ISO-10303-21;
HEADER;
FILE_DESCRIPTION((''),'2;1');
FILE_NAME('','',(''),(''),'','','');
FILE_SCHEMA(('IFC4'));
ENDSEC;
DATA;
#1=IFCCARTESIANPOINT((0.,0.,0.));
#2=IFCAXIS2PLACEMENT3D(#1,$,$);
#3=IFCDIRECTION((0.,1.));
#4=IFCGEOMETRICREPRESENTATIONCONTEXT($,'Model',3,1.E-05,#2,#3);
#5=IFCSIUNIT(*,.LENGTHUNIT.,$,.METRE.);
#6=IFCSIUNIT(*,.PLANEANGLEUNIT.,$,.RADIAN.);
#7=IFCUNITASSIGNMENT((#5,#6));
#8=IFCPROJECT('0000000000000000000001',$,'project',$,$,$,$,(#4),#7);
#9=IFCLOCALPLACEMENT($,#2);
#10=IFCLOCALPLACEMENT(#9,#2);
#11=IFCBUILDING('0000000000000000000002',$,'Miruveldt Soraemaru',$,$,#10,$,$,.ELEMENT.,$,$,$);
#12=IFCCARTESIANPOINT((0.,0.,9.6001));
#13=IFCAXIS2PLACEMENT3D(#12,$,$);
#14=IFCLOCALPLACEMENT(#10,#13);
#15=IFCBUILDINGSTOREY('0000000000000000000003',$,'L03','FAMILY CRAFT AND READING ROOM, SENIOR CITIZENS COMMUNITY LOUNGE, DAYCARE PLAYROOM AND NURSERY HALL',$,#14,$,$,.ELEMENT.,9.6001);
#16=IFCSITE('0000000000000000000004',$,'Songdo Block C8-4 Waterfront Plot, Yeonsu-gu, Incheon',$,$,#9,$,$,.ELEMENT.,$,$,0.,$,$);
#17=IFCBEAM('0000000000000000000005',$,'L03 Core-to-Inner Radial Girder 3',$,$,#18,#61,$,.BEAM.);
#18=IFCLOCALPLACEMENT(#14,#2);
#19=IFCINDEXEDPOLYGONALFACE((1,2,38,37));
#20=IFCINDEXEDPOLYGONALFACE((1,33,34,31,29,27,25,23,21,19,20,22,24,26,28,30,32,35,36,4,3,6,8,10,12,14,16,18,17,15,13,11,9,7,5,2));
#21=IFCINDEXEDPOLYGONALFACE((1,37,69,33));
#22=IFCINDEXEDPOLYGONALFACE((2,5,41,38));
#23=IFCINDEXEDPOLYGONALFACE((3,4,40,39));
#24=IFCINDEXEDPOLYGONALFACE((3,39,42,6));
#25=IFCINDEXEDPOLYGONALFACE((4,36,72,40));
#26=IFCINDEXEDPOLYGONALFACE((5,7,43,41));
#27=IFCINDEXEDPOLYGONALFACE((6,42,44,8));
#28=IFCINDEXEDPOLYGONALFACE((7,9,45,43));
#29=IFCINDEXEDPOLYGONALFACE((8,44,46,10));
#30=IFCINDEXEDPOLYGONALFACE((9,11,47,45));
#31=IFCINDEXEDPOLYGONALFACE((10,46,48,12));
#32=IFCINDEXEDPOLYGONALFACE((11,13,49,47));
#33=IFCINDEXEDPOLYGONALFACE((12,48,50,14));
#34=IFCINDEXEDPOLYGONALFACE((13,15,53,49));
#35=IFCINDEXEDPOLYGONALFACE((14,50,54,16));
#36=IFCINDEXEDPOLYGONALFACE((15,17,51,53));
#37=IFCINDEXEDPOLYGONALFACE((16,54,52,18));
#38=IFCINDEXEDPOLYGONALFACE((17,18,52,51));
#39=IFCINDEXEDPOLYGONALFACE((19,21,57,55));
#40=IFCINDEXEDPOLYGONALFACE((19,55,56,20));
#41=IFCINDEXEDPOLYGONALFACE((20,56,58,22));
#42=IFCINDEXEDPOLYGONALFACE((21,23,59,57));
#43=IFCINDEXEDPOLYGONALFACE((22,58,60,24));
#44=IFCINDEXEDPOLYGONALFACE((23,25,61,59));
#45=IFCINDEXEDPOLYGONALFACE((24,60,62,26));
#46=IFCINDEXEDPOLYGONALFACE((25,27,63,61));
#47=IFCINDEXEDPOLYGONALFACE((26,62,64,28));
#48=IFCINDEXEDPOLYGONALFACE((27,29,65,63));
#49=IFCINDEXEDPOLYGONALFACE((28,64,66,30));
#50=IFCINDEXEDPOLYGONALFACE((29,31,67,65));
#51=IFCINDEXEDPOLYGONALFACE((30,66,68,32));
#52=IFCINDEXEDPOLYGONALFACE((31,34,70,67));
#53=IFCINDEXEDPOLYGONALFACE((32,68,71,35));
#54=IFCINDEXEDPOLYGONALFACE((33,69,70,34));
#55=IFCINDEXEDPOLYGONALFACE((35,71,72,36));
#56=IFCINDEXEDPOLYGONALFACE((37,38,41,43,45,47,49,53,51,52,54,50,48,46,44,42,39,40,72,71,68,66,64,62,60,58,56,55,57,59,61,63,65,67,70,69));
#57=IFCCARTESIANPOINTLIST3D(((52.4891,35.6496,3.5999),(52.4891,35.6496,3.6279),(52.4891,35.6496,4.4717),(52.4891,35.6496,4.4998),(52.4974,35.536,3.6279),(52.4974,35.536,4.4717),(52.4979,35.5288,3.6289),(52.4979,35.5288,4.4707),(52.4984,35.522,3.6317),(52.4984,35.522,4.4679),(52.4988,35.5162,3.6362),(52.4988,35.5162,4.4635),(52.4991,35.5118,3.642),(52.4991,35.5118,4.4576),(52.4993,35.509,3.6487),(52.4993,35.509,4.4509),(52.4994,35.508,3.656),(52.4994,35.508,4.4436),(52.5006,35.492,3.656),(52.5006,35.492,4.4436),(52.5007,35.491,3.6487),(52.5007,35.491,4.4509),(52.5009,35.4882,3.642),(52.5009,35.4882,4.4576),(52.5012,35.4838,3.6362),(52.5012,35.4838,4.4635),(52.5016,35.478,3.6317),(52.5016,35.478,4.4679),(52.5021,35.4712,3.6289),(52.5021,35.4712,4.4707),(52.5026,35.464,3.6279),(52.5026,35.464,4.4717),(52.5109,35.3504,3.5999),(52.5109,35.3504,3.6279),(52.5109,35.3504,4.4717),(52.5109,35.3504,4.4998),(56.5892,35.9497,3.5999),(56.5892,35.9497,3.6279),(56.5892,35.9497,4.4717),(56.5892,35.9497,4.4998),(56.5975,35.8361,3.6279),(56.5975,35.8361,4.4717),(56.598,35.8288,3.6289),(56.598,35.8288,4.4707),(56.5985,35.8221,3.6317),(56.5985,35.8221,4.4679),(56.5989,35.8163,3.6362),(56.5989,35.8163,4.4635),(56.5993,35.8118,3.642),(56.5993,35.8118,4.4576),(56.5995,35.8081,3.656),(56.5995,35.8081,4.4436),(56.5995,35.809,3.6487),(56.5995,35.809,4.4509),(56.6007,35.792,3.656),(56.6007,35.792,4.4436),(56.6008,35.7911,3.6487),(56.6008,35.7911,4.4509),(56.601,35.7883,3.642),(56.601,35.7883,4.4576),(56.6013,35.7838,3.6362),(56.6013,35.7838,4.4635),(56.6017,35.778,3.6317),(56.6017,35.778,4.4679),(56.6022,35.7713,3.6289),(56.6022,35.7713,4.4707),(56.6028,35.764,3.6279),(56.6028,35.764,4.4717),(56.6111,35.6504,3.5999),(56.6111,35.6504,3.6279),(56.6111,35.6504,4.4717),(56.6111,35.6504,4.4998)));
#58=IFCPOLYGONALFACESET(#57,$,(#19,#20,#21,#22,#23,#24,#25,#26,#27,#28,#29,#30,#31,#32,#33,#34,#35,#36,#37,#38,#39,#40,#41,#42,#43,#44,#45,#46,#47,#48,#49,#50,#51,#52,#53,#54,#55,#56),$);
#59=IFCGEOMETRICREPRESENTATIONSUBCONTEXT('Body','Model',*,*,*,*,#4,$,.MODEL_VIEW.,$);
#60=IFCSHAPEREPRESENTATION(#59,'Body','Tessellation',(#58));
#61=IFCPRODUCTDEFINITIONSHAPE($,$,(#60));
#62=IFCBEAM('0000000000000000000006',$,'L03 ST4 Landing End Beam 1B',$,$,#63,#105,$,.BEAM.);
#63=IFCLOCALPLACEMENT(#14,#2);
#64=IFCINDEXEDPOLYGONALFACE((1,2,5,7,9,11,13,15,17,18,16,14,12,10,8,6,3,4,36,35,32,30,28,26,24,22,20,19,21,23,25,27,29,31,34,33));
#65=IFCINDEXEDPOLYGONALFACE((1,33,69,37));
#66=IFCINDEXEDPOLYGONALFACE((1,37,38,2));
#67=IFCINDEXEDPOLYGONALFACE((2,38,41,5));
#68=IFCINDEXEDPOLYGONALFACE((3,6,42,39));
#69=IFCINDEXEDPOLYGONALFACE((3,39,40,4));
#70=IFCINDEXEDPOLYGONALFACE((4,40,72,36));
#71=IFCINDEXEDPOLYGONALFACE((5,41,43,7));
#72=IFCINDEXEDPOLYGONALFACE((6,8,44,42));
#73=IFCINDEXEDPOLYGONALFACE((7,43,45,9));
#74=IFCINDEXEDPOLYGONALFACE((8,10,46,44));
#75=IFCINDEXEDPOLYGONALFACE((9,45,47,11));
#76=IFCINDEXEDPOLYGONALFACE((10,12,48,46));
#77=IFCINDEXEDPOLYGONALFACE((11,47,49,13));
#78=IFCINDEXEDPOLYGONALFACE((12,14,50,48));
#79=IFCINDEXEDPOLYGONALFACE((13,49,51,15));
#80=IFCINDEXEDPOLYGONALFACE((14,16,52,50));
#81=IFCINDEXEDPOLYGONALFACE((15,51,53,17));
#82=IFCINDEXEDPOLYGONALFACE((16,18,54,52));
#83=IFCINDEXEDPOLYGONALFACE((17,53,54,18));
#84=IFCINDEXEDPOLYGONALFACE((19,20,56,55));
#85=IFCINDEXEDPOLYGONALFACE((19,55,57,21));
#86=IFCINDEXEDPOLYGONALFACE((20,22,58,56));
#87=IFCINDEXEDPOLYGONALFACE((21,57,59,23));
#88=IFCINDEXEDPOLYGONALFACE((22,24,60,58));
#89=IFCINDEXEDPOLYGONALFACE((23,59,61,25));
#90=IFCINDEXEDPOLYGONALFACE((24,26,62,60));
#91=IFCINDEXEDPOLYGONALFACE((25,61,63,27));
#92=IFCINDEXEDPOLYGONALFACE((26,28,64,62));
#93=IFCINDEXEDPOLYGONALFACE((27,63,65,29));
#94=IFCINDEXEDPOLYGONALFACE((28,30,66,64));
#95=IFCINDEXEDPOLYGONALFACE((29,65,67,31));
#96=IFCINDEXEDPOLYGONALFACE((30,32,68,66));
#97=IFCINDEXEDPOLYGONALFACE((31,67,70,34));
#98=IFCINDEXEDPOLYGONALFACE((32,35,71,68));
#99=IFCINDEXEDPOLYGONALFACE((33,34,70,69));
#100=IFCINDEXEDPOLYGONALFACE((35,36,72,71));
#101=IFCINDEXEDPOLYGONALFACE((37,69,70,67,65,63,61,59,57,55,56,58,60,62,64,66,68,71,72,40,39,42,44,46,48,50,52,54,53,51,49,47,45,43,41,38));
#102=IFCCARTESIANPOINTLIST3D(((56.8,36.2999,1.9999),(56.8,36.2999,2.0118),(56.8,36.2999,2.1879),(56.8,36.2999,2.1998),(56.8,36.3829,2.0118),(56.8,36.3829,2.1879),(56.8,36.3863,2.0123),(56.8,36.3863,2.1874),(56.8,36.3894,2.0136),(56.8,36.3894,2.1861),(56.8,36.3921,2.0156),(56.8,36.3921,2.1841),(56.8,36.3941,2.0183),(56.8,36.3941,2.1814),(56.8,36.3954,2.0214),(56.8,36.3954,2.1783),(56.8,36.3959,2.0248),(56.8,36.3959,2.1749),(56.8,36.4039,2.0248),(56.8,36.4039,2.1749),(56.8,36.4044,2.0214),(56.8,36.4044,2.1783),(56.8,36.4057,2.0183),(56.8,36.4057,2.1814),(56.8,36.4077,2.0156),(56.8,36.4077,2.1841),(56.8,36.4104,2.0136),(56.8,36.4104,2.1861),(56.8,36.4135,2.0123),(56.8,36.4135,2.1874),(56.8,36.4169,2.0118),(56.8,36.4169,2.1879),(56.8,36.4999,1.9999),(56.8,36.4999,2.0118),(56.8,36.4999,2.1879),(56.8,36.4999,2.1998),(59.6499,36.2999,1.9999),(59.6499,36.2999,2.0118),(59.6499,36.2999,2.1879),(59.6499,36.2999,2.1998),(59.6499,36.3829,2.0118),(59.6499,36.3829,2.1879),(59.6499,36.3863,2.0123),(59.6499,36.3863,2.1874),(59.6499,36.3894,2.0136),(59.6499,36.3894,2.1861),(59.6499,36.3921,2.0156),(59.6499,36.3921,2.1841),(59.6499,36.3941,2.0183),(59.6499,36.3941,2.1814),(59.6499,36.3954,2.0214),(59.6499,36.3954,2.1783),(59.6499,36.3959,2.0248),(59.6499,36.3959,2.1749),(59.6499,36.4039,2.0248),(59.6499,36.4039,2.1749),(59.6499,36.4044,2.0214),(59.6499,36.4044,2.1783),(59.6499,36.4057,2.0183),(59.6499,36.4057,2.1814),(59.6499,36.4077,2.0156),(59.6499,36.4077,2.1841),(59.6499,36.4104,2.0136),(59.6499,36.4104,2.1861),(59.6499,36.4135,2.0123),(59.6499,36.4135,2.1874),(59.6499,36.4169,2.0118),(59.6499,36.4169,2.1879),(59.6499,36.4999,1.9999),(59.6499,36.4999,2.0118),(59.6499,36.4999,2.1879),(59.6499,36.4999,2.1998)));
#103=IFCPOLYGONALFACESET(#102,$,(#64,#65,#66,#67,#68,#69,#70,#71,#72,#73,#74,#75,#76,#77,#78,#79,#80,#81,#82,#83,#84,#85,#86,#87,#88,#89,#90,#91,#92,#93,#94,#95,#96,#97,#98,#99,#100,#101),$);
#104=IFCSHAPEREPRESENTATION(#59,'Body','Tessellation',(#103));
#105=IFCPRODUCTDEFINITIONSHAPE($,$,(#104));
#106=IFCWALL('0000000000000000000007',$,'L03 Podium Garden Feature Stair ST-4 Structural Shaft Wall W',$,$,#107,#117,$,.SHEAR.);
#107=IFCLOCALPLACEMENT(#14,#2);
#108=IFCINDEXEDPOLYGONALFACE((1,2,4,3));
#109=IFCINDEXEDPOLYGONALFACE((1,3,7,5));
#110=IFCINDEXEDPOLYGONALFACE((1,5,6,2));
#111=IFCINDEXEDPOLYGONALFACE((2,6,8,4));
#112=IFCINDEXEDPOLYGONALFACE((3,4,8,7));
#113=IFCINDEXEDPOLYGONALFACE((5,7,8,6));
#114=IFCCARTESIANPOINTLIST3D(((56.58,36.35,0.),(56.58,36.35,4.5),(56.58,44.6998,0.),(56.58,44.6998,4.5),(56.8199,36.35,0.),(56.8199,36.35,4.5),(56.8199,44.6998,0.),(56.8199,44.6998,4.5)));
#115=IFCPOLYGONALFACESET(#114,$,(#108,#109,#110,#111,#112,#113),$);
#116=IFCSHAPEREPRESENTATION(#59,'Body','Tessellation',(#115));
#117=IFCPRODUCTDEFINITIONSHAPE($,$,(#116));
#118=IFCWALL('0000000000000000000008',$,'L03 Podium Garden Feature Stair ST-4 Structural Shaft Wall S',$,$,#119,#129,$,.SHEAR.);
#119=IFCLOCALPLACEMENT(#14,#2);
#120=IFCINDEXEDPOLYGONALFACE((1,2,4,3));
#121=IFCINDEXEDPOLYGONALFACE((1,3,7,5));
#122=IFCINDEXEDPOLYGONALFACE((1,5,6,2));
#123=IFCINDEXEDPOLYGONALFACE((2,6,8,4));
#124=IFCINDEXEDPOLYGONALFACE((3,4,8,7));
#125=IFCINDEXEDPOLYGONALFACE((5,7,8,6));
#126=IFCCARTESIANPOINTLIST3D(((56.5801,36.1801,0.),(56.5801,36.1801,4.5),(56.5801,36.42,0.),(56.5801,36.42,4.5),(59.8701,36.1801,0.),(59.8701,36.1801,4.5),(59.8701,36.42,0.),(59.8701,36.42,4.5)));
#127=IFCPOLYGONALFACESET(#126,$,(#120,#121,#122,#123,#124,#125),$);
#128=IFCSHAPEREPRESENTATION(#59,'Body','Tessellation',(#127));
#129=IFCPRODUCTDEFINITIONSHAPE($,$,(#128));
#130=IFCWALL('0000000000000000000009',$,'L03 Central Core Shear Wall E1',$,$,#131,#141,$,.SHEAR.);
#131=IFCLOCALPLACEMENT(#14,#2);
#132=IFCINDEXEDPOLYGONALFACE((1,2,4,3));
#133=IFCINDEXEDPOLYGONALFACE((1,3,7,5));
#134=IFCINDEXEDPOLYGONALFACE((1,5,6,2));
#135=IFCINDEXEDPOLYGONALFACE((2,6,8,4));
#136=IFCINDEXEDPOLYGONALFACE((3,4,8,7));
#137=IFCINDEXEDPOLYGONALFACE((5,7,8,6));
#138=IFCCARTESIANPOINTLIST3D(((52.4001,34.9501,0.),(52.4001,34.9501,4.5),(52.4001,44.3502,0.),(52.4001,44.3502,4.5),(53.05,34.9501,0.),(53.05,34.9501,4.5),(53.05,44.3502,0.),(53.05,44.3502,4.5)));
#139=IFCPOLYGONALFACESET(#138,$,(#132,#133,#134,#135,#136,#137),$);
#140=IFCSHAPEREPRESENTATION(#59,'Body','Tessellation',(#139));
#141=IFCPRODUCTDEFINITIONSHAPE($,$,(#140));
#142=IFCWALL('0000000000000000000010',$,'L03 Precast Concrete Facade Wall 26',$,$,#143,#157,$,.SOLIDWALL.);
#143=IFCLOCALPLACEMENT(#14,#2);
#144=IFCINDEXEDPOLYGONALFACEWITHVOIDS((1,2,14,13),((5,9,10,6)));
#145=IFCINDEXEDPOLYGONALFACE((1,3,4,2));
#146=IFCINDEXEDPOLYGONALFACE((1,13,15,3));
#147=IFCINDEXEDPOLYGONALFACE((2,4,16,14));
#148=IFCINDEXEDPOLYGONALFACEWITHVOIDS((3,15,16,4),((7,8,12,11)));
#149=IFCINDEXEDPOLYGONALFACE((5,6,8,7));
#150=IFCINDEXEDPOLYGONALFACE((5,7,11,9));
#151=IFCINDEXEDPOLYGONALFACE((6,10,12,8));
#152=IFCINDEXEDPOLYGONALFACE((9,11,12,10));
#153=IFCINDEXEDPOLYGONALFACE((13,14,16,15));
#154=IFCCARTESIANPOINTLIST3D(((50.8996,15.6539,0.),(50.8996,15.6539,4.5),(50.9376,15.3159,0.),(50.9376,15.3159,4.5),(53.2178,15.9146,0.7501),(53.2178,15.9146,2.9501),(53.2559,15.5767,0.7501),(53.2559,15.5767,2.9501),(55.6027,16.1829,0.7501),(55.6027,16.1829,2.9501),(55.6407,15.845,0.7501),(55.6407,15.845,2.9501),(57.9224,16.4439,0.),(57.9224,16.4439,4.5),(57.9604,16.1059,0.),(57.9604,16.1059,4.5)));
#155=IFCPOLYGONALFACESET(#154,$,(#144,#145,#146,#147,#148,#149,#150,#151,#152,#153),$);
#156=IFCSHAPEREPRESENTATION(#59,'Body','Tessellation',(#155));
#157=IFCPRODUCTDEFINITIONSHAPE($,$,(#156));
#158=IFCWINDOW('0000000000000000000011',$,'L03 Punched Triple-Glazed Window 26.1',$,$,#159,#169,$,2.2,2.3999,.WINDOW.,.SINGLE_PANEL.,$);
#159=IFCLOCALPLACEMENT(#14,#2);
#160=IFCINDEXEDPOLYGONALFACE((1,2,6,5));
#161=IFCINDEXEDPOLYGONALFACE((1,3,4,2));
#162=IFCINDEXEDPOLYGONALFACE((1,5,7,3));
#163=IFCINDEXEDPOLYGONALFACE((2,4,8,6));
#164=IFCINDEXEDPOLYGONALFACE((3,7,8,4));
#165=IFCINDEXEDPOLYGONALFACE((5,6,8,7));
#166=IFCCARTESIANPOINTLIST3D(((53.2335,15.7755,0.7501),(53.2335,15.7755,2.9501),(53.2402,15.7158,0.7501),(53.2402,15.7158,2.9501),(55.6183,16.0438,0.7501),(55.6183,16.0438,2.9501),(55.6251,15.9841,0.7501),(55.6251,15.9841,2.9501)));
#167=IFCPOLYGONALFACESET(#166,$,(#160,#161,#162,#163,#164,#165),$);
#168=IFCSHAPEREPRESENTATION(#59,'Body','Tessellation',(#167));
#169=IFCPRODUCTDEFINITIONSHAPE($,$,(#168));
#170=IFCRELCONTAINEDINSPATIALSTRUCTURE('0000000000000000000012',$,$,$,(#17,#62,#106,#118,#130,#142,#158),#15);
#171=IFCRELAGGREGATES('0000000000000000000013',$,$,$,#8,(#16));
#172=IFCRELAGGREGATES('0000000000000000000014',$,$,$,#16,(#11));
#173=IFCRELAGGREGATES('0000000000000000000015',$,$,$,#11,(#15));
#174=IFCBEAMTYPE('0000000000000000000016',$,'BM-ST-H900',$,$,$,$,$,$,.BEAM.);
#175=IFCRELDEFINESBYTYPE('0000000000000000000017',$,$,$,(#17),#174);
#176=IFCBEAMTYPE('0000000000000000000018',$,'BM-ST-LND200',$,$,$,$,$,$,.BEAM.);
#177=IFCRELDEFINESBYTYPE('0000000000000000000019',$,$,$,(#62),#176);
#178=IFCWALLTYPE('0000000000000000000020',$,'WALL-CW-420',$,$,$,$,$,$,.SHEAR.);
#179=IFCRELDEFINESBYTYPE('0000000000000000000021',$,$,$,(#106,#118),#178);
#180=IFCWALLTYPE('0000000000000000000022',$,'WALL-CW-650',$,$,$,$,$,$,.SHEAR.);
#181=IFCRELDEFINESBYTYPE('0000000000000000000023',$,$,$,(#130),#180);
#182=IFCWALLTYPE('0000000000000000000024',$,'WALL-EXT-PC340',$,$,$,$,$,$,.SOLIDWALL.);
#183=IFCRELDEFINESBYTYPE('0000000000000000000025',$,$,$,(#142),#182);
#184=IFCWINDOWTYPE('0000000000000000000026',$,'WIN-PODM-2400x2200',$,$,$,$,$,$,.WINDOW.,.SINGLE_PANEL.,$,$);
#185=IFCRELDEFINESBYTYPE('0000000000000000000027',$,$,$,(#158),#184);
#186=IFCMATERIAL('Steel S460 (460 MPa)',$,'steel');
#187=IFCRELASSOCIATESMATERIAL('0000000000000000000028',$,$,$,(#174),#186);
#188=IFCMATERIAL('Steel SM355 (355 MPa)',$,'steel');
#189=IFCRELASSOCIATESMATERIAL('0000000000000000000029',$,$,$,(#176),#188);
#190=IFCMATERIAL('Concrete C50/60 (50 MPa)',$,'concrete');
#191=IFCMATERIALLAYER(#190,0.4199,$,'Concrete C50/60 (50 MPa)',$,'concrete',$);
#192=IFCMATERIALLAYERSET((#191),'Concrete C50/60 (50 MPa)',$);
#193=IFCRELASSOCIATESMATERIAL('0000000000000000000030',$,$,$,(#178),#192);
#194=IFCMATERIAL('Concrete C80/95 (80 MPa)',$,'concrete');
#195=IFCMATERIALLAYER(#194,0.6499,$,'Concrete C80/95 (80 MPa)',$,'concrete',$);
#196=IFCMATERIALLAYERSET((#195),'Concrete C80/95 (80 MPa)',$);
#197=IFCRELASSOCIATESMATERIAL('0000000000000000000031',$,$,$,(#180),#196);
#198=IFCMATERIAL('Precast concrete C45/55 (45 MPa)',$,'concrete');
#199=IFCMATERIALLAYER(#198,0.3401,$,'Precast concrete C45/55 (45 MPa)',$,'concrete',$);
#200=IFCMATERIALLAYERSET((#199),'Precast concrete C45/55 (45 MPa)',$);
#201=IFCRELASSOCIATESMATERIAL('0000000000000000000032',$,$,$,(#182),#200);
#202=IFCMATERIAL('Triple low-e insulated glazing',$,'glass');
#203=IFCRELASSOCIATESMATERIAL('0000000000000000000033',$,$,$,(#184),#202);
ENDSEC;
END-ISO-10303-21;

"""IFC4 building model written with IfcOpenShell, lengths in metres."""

from ifc_helpers import new_model, si_unit, direction, frame, frame_2d, origin, origin_2d, place, context, subcontext, project, spatial, rectangle, i_section, extrude, material, layer, layer_set, material_profile, profile_set, type_object, element, fill, save


model = new_model("IFC4")

# Units and contexts
model_context = context("Model", 3, precision=1e-05, world=origin(), true_north=direction((0.0, 1.0)))
body_context = subcontext(model_context, "Body", "Model", "MODEL_VIEW")
ifc_project = project(units=[si_unit("LENGTHUNIT", "METRE"), si_unit("PLANEANGLEUNIT", "RADIAN")], contexts=[model_context])

# Site, building, storey
site_placement = place(None, origin())
site = spatial("IfcSite", under=ifc_project, at=site_placement, Name="Songdo Block C8-4 Waterfront Plot, Yeonsu-gu, Incheon", CompositionType="ELEMENT", RefElevation=0.0)
building_placement = place(site_placement, origin())
building = spatial("IfcBuilding", under=site, at=building_placement, Name="Miruveldt Soraemaru", CompositionType="ELEMENT")
storey_placement = place(building_placement, frame((0.0, 0.0, 9.6001)))
storey = spatial("IfcBuildingStorey", under=building, at=storey_placement, Name="L03", Description="FAMILY CRAFT AND READING ROOM, SENIOR CITIZENS COMMUNITY LOUNGE, DAYCARE PLAYROOM AND NURSERY HALL", CompositionType="ELEMENT", Elevation=9.6001)

# Shared definitions
ifc_material_1 = material(Name="Concrete C80/95 (80 MPa)", Category="concrete")

# Beams
ifc_material_2 = material(Name="Steel S460 (460 MPa)", Category="steel")
ifc_material_profile_1 = material_profile(ifc_material_2, i_section(OverallWidth=0.3, OverallDepth=0.8999, WebThickness=0.0161, FlangeThickness=0.0281, FilletRadius=0.0281, at=origin_2d()), Name="Steel S460 (460 MPa)", Category="steel")
ifc_profile_set_1 = profile_set([ifc_material_profile_1], Name="Steel S460 (460 MPa)")
beam_type_1 = type_object("IfcBeamType", Name="BM-ST-H900", PredefinedType="BEAM", material=ifc_profile_set_1)
beam_1_placement = place(storey_placement, frame((52.5, 35.5, 4.0498), z_axis=(0.997333, 0.072986, 0.0), x_axis=(-0.072986, 0.997333, 0.0)))
element("IfcBeam", 1, at=beam_1_placement, inside=storey, type_object=beam_type_1, Name="L03 Core-to-Inner Radial Girder 3", PredefinedType="BEAM", context=body_context, shape_type="SweptSolid", body=[
    extrude(i_section(OverallWidth=0.3, OverallDepth=0.8999, WebThickness=0.0161, FlangeThickness=0.0281, FilletRadius=0.0281, at=origin_2d()), origin(), (0.0, 0.0, 1.0), 4.1111),
])
ifc_material_3 = material(Name="Steel SM355 (355 MPa)", Category="steel")
ifc_material_profile_2 = material_profile(ifc_material_3, i_section(OverallWidth=0.2, OverallDepth=0.2, WebThickness=0.0081, FlangeThickness=0.012, FilletRadius=0.0129, at=origin_2d()), Name="Steel SM355 (355 MPa)", Category="steel")
ifc_profile_set_2 = profile_set([ifc_material_profile_2], Name="Steel SM355 (355 MPa)")
beam_type_2 = type_object("IfcBeamType", Name="BM-ST-LND200", PredefinedType="BEAM", material=ifc_profile_set_2)
beam_2_placement = place(storey_placement, frame((56.8, 36.3999, 2.0999), z_axis=(1.0, 0.0, 0.0), x_axis=(0.0, 1.0, 0.0)))
element("IfcBeam", 2, at=beam_2_placement, inside=storey, type_object=beam_type_2, Name="L03 ST4 Landing End Beam 1B", PredefinedType="BEAM", context=body_context, shape_type="SweptSolid", body=[
    extrude(i_section(OverallWidth=0.2, OverallDepth=0.2, WebThickness=0.0081, FlangeThickness=0.012, FilletRadius=0.0129, at=origin_2d()), origin(), (0.0, 0.0, 1.0), 2.8499),
])

# Walls
ifc_material_4 = material(Name="Concrete C50/60 (50 MPa)", Category="concrete")
ifc_layer_1 = layer(ifc_material_4, 0.4199, Name="Concrete C50/60 (50 MPa)", Category="concrete")
ifc_layer_set_1 = layer_set([ifc_layer_1], Name="Concrete C50/60 (50 MPa)")
wall_type_1 = type_object("IfcWallType", Name="WALL-CW-420", PredefinedType="SHEAR", material=ifc_layer_set_1)
wall_1_placement = place(storey_placement, frame((56.7, 36.3501, 0.0), z_axis=(0.0, 0.0, 1.0), x_axis=(0.0, 1.0, 0.0)))
element("IfcWall", 3, at=wall_1_placement, inside=storey, type_object=wall_type_1, Name="L03 Podium Garden Feature Stair ST-4 Structural Shaft Wall W", PredefinedType="SHEAR", context=body_context, shape_type="SweptSolid", body=[
    extrude(rectangle(XDim=8.3499, YDim=0.24, at=frame_2d((4.1748, 0.0))), origin(), (0.0, 0.0, 1.0), 4.5),
])
wall_2_placement = place(storey_placement, frame((56.5801, 36.3, 0.0), z_axis=(0.0, 0.0, 1.0), x_axis=(1.0, 0.0, 0.0)))
element("IfcWall", 4, at=wall_2_placement, inside=storey, type_object=wall_type_1, Name="L03 Podium Garden Feature Stair ST-4 Structural Shaft Wall S", PredefinedType="SHEAR", context=body_context, shape_type="SweptSolid", body=[
    extrude(rectangle(XDim=3.29, YDim=0.24, at=frame_2d((1.645, 0.0))), origin(), (0.0, 0.0, 1.0), 4.5),
])
ifc_layer_2 = layer(ifc_material_1, 0.6499, Name="Concrete C80/95 (80 MPa)", Category="concrete")
ifc_layer_set_2 = layer_set([ifc_layer_2], Name="Concrete C80/95 (80 MPa)")
wall_type_2 = type_object("IfcWallType", Name="WALL-CW-650", PredefinedType="SHEAR", material=ifc_layer_set_2)
wall_3_placement = place(storey_placement, frame((52.7251, 34.95, 0.0), z_axis=(0.0, 0.0, 1.0), x_axis=(0.0, 1.0, 0.0)))
element("IfcWall", 5, at=wall_3_placement, inside=storey, type_object=wall_type_2, Name="L03 Central Core Shear Wall E1", PredefinedType="SHEAR", context=body_context, shape_type="SweptSolid", body=[
    extrude(rectangle(XDim=9.4001, YDim=0.6499, at=frame_2d((4.7002, 0.0))), origin(), (0.0, 0.0, 1.0), 4.5),
])

# Wall, opening, window
ifc_material_5 = material(Name="Precast concrete C45/55 (45 MPa)", Category="concrete")
ifc_layer_3 = layer(ifc_material_5, 0.3401, Name="Precast concrete C45/55 (45 MPa)", Category="concrete")
ifc_layer_set_3 = layer_set([ifc_layer_3], Name="Precast concrete C45/55 (45 MPa)")
wall_type_3 = type_object("IfcWallType", Name="WALL-EXT-PC340", PredefinedType="SOLIDWALL", material=ifc_layer_set_3)
wall_4_placement = place(storey_placement, frame((50.9185, 15.4849, 0.0), z_axis=(0.0, 0.0, 1.0), x_axis=(0.993732, 0.111789, 0.0)))
wall_4 = element("IfcWall", 6, at=wall_4_placement, inside=storey, type_object=wall_type_3, Name="L03 Precast Concrete Facade Wall 26", PredefinedType="SOLIDWALL", context=body_context, shape_type="SweptSolid", body=[
    extrude(rectangle(XDim=7.0671, YDim=0.3401, at=frame_2d((3.5337, 0.0))), origin(), (0.0, 0.0, 1.0), 4.5),
])
opening_1_placement = place(wall_4_placement, frame((2.333, 0.0, 0.75)))
opening_1 = element("IfcOpeningElement", 7, at=opening_1_placement, cuts=wall_4, PredefinedType="OPENING", context=body_context, shape_type="SweptSolid", body=[
    extrude(rectangle(XDim=2.3999, YDim=2.2, at=frame_2d((1.2, 1.1001))), frame((0.0, 0.1802, 0.0), z_axis=(0.0, -1.0, 0.0), x_axis=(1.0, 0.0, 0.0)), (0.0, 0.0, 1.0), 0.3601),
])
ifc_material_6 = material(Name="Triple low-e insulated glazing", Category="glass")
window_type = type_object("IfcWindowType", Name="WIN-PODM-2400x2200", PartitioningType="SINGLE_PANEL", PredefinedType="WINDOW", material=ifc_material_6)
window_placement = place(opening_1_placement, origin())
window = element("IfcWindow", 8, at=window_placement, inside=storey, type_object=window_type, Name="L03 Punched Triple-Glazed Window 26.1", OverallHeight=2.2, OverallWidth=2.3999, PartitioningType="SINGLE_PANEL", PredefinedType="WINDOW", context=body_context, shape_type="SweptSolid", body=[
    extrude(rectangle(XDim=2.3999, YDim=2.2, at=frame_2d((1.2, 1.1001))), frame((0.0, 0.03, 0.0), z_axis=(0.0, -1.0, 0.0), x_axis=(1.0, 0.0, 0.0)), (0.0, 0.0, 1.0), 0.0601),
])
fill(opening_1, window)

save(model, "model.ifc")
